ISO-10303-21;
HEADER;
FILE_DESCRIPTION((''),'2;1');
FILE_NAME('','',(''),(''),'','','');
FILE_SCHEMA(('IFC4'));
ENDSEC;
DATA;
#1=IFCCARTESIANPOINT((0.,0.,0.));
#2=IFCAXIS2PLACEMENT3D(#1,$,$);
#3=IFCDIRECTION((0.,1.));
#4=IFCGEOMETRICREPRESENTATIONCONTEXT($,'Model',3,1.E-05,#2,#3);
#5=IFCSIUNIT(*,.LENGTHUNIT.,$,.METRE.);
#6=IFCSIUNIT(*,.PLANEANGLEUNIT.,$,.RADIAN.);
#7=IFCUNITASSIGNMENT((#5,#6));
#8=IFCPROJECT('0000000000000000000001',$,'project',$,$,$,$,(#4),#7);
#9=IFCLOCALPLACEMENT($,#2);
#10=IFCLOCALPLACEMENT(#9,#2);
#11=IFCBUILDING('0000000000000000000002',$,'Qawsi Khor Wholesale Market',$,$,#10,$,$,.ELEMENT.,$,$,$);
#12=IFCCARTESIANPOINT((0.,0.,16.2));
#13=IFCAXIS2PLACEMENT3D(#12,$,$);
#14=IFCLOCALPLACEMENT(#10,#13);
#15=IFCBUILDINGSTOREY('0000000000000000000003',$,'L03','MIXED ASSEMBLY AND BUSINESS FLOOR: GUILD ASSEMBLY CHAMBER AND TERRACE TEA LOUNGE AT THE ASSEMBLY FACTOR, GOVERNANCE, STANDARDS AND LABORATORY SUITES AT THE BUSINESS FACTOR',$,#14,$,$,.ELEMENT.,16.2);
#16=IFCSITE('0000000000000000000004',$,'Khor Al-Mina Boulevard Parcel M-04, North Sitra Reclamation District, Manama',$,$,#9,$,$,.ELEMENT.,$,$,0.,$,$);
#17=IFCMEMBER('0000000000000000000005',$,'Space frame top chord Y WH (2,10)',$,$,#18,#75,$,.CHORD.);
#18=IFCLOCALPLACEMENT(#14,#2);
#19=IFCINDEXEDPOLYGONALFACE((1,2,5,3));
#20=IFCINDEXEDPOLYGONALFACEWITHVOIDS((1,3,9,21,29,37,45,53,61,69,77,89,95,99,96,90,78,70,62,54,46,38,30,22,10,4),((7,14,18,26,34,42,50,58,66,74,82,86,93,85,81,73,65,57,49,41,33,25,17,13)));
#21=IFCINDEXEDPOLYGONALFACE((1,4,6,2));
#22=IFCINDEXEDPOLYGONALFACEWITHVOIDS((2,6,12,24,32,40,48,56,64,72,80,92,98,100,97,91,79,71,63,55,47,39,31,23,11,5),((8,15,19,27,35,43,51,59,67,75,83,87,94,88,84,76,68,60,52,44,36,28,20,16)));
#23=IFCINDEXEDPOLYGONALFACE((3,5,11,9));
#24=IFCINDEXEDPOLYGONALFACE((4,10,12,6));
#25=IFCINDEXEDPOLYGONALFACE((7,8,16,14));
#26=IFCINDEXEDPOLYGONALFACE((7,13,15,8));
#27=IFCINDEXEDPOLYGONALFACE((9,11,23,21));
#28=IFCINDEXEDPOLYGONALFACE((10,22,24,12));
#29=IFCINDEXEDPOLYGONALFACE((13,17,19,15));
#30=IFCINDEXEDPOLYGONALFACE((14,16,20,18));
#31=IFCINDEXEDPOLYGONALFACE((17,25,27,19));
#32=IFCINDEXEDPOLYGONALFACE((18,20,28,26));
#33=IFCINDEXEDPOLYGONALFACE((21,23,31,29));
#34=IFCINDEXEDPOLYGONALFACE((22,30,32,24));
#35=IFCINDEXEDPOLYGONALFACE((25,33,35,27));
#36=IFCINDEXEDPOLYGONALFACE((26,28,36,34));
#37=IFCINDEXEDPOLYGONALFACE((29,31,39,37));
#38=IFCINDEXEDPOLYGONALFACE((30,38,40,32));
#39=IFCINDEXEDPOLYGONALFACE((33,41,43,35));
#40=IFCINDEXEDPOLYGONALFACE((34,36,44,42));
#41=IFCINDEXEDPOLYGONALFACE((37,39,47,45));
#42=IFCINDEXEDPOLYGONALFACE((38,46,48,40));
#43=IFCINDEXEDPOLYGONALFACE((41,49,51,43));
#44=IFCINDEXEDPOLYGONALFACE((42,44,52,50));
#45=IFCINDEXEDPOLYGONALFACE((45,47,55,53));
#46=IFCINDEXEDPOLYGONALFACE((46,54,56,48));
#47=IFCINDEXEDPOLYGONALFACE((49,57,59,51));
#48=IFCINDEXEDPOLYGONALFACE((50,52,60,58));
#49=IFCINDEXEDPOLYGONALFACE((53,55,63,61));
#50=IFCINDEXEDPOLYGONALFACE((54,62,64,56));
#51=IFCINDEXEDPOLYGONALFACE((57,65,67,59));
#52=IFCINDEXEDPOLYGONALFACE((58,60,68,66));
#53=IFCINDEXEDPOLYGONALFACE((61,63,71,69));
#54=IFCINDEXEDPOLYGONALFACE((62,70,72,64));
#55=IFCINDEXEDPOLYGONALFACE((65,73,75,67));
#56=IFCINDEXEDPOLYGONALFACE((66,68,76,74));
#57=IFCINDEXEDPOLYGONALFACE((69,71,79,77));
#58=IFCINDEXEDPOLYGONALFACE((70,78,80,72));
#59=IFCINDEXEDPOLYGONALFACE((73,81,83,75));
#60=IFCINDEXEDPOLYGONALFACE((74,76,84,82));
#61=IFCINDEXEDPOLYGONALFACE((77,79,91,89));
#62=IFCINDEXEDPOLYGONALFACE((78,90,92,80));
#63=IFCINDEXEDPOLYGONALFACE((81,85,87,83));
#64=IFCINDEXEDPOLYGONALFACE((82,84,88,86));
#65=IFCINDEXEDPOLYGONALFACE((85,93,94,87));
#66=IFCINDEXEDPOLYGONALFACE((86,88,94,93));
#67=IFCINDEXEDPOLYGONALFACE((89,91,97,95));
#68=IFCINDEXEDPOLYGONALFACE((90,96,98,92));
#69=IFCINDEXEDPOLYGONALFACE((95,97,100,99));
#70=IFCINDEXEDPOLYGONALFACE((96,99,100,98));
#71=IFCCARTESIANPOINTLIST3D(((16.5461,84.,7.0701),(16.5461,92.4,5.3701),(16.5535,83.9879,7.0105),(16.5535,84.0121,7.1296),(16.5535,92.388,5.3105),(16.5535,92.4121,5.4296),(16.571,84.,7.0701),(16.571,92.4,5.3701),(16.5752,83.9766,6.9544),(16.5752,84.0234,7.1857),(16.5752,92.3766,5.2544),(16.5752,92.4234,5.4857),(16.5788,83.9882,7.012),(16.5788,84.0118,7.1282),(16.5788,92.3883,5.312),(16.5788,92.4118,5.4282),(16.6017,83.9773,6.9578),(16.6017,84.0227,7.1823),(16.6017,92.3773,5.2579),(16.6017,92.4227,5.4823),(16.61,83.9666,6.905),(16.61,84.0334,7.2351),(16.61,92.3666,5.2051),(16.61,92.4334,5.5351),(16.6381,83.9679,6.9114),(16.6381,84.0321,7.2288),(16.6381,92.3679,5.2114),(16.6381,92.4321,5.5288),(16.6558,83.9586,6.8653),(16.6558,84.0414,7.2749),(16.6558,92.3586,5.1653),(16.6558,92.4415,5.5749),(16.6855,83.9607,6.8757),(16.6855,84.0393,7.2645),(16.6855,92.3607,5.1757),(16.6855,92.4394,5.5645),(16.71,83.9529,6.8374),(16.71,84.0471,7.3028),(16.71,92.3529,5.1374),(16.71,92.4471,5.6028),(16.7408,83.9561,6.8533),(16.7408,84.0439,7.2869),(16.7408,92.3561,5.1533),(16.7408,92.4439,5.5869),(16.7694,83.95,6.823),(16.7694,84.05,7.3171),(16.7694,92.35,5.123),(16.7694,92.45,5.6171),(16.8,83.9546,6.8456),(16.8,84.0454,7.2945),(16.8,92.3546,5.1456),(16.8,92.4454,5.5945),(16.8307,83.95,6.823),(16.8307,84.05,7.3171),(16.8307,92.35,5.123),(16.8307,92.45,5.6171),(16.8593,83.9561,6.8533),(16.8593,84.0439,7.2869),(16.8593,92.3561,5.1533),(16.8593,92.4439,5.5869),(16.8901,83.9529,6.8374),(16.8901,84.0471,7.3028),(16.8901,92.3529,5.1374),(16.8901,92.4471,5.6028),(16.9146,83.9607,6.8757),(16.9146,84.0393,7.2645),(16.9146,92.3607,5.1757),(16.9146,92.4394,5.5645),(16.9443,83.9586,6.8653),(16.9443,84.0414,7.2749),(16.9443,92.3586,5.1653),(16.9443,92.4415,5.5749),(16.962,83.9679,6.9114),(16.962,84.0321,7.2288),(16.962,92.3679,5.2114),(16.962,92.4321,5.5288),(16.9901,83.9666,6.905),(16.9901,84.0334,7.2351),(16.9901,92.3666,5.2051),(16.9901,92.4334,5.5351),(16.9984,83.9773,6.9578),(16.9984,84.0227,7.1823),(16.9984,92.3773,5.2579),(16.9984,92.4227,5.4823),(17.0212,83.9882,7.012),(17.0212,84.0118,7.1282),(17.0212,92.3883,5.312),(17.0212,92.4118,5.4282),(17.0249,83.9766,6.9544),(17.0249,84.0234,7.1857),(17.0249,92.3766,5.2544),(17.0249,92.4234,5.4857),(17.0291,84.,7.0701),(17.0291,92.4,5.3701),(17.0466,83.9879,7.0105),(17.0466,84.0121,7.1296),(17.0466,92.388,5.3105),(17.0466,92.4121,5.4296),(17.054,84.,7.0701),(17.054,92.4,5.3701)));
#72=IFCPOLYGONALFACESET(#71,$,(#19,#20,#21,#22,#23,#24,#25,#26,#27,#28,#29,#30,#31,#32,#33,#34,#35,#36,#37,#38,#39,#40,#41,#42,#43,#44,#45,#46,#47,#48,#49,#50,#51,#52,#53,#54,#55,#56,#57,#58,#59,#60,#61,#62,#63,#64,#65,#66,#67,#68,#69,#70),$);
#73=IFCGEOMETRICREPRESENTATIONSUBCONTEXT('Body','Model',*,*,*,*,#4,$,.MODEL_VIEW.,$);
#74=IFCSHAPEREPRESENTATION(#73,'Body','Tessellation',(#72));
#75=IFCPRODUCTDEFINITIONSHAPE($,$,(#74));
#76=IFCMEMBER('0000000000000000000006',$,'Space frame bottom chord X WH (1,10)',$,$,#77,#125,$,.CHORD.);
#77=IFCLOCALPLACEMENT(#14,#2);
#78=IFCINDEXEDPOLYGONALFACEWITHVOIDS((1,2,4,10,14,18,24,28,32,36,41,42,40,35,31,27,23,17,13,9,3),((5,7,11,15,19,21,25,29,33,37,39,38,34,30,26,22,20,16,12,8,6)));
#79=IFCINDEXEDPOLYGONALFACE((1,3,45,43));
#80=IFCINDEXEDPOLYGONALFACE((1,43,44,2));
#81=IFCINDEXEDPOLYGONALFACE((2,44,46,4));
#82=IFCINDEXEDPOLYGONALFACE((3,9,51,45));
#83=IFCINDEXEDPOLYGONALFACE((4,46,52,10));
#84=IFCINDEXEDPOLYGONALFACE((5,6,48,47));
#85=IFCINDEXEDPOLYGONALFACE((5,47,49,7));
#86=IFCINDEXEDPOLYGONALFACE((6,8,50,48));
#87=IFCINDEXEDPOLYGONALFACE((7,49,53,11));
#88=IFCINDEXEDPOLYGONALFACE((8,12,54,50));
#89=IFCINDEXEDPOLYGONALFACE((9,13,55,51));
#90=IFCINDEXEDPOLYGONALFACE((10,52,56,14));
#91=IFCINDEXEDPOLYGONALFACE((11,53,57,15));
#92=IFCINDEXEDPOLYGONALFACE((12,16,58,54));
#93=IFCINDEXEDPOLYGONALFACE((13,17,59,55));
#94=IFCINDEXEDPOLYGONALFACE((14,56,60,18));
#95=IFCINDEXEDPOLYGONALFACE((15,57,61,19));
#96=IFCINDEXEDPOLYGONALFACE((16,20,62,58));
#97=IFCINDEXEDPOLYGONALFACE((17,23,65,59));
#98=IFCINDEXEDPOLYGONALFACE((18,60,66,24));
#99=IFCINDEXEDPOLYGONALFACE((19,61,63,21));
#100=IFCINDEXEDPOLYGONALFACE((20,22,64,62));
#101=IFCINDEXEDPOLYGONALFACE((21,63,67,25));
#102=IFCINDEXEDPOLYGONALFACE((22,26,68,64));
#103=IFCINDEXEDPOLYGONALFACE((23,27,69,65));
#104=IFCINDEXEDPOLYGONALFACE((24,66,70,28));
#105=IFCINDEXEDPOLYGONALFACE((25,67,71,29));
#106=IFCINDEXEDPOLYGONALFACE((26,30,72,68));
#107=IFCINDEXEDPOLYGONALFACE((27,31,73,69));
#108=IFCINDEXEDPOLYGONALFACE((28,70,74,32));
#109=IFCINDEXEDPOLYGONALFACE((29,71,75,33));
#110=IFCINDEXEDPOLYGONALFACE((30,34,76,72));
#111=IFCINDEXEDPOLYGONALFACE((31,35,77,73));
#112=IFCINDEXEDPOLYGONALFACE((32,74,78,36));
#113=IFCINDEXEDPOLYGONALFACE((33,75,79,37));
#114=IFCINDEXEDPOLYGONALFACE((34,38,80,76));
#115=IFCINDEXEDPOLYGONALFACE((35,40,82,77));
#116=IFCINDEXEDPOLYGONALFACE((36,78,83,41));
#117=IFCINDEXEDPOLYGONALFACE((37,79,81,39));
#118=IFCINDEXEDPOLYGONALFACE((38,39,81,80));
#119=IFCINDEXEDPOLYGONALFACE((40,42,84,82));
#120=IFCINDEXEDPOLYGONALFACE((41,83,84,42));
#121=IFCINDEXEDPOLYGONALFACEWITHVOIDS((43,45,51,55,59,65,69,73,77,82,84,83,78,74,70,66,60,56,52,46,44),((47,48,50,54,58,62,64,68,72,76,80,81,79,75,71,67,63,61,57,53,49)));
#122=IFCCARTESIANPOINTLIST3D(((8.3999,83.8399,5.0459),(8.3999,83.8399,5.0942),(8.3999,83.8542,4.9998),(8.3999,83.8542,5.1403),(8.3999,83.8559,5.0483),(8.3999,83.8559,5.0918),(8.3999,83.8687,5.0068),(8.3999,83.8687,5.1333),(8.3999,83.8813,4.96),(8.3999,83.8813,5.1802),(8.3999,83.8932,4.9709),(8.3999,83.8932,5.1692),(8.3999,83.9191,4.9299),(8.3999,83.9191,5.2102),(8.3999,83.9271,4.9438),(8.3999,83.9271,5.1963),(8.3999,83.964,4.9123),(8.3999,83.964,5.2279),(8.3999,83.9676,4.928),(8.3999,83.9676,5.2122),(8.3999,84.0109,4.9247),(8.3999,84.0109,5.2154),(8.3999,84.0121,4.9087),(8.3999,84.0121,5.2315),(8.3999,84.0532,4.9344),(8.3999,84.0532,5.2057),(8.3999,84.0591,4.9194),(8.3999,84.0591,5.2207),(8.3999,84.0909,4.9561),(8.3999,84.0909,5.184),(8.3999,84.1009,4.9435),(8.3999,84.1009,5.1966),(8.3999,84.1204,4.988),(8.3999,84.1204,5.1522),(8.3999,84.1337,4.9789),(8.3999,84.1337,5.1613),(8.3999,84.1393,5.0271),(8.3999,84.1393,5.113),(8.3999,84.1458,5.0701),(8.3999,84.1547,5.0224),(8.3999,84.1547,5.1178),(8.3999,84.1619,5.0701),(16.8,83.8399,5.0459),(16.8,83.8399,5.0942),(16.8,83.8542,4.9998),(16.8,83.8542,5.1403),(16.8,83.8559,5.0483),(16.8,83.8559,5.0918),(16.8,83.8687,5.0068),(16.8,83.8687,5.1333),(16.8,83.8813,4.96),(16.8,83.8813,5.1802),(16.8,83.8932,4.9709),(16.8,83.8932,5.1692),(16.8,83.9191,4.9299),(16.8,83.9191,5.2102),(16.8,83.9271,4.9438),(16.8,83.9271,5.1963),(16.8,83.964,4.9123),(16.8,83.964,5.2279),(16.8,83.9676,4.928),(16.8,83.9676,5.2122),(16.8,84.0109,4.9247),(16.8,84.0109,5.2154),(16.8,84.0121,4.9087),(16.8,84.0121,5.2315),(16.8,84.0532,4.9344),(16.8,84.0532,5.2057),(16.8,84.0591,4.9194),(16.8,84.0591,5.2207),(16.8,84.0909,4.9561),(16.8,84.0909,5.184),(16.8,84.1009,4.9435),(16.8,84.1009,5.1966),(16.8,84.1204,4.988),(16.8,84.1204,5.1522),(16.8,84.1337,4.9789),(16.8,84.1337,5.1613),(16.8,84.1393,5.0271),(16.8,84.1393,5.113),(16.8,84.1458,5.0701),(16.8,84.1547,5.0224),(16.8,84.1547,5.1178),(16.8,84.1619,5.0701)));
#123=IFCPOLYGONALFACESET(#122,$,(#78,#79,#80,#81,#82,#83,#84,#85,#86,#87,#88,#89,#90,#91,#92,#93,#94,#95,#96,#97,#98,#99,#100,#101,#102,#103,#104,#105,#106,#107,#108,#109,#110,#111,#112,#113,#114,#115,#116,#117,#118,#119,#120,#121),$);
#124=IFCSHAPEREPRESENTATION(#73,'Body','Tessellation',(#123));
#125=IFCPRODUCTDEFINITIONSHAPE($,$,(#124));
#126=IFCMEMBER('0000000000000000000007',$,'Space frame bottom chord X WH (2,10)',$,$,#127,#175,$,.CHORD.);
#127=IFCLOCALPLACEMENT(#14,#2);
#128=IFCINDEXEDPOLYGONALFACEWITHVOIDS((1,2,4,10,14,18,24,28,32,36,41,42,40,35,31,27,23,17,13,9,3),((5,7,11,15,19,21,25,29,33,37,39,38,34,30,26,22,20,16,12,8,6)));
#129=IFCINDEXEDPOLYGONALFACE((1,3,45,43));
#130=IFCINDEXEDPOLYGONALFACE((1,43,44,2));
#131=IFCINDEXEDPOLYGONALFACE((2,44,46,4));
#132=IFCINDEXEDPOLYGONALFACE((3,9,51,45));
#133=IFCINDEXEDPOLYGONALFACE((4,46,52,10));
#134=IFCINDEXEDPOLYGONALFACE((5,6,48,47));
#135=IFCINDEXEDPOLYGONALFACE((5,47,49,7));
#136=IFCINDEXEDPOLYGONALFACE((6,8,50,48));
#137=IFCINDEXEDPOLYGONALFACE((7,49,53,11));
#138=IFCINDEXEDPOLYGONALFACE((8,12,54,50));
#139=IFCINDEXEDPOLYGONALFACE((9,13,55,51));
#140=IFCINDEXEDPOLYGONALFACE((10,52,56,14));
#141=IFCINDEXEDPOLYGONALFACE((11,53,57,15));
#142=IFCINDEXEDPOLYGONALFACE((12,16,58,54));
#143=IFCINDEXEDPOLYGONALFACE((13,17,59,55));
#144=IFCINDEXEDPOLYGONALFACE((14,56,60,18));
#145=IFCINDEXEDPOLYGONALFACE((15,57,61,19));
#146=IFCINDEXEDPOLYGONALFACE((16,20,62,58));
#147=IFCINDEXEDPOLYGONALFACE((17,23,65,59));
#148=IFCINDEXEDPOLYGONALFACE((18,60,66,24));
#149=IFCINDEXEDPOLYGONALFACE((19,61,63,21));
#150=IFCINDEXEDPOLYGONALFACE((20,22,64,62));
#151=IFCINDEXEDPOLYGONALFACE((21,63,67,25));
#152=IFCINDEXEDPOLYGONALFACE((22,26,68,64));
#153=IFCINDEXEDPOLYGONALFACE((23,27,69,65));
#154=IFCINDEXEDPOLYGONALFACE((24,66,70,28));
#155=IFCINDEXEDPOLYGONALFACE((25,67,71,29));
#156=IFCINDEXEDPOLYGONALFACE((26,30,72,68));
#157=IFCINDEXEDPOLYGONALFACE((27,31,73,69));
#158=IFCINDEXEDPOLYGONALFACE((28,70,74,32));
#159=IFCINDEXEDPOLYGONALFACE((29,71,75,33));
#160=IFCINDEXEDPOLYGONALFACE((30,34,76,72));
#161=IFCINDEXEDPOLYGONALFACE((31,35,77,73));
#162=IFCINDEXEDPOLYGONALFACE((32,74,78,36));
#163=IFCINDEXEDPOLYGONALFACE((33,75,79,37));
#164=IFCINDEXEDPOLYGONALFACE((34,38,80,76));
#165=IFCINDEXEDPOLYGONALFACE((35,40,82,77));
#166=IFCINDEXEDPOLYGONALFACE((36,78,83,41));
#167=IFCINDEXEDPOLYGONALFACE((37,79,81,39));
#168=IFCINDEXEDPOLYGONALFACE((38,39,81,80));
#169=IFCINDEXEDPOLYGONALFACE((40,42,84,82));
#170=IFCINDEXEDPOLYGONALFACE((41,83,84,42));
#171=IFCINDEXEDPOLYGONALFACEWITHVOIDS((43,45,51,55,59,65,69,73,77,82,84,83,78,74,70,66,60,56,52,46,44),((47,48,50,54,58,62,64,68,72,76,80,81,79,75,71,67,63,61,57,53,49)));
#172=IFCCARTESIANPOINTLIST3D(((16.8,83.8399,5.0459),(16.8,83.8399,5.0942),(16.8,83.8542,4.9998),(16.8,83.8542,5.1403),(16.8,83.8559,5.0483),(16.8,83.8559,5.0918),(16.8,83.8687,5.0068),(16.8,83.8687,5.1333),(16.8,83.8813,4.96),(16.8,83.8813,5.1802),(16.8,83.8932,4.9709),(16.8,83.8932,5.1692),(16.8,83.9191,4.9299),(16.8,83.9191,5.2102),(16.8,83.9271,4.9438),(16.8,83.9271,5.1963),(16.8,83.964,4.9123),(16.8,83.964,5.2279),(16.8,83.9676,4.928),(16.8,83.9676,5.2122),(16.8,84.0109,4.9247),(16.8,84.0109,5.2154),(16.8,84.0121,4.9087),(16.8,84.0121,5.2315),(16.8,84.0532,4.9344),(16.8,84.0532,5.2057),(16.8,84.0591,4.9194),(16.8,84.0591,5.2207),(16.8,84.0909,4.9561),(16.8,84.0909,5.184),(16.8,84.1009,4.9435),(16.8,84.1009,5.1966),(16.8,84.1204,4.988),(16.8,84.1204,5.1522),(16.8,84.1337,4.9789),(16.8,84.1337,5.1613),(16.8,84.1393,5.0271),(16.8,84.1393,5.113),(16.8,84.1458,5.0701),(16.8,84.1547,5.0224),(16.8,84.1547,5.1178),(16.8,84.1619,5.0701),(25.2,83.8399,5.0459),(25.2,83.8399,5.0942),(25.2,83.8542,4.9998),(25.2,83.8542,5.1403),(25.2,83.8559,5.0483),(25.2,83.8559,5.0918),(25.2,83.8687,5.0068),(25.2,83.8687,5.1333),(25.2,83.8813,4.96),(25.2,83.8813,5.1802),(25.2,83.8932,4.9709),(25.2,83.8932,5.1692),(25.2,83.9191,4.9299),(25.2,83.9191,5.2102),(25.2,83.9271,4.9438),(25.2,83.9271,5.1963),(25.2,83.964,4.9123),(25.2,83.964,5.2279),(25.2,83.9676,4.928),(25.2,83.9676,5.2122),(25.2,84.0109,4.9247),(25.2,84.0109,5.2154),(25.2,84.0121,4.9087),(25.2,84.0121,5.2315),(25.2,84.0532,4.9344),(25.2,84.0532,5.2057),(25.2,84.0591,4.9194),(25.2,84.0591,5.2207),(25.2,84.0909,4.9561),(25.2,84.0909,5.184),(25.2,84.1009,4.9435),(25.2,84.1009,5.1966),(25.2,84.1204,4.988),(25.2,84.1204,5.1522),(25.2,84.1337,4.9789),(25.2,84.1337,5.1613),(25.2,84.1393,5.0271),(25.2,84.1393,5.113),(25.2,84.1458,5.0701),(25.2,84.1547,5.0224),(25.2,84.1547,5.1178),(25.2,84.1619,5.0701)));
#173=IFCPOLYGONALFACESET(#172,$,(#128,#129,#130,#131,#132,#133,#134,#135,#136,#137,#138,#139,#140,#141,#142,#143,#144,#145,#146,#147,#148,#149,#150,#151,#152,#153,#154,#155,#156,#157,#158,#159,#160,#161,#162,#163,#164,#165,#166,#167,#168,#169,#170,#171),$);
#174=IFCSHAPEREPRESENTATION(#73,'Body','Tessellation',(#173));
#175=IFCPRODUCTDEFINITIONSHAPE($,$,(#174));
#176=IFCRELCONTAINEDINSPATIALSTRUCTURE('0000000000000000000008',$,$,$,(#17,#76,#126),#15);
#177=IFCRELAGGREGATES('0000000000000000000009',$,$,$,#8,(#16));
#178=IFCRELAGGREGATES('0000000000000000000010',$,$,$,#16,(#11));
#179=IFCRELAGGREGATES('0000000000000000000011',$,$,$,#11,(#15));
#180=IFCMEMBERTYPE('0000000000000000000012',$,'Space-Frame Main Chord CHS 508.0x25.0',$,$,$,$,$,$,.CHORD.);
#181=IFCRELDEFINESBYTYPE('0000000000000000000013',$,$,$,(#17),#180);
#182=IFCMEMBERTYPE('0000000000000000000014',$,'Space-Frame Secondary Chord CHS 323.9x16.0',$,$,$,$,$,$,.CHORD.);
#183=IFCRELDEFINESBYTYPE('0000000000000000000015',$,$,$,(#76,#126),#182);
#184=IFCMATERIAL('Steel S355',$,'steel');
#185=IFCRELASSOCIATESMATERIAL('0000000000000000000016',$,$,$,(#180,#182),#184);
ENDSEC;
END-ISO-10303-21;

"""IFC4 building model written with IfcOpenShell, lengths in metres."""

from ifc_helpers import new_model, si_unit, direction, frame, origin, origin_2d, place, context, subcontext, project, spatial, hollow_circle, extrude, material, material_profile, profile_set, type_object, element, save


model = new_model("IFC4")

# Units and contexts
model_context = context("Model", 3, precision=1e-05, world=origin(), true_north=direction((0.0, 1.0)))
body_context = subcontext(model_context, "Body", "Model", "MODEL_VIEW")
ifc_project = project(units=[si_unit("LENGTHUNIT", "METRE"), si_unit("PLANEANGLEUNIT", "RADIAN")], contexts=[model_context])

# Site, building, storey
site_placement = place(None, origin())
site = spatial("IfcSite", under=ifc_project, at=site_placement, Name="Khor Al-Mina Boulevard Parcel M-04, North Sitra Reclamation District, Manama", CompositionType="ELEMENT", RefElevation=0.0)
building_placement = place(site_placement, origin())
building = spatial("IfcBuilding", under=site, at=building_placement, Name="Qawsi Khor Wholesale Market", CompositionType="ELEMENT")
storey_placement = place(building_placement, frame((0.0, 0.0, 16.2)))
storey = spatial("IfcBuildingStorey", under=building, at=storey_placement, Name="L03", Description="MIXED ASSEMBLY AND BUSINESS FLOOR: GUILD ASSEMBLY CHAMBER AND TERRACE TEA LOUNGE AT THE ASSEMBLY FACTOR, GOVERNANCE, STANDARDS AND LABORATORY SUITES AT THE BUSINESS FACTOR", CompositionType="ELEMENT", Elevation=16.2)

# Members
ifc_material_1 = material(Name="Steel S355", Category="steel")
ifc_material_profile_1 = material_profile(ifc_material_1, hollow_circle(Radius=0.2539, WallThickness=0.0249, at=origin_2d()), Name="CHS 508.0x25.0")
ifc_profile_set_1 = profile_set([ifc_material_profile_1], Name="Steel S355")
member_type_1 = type_object("IfcMemberType", Name="Space-Frame Main Chord CHS 508.0x25.0", PredefinedType="CHORD", material=ifc_profile_set_1)
member_1_placement = place(storey_placement, frame((16.8, 84.0, 7.0701), z_axis=(0.0, 0.98013, -0.198356), x_axis=(-1.0, 0.0, 0.0)))
element("IfcMember", 1, at=member_1_placement, inside=storey, type_object=member_type_1, Name="Space frame top chord Y WH (2,10)", PredefinedType="CHORD", context=body_context, shape_type="SweptSolid", body=[
    extrude(hollow_circle(Radius=0.2539, WallThickness=0.0249, at=origin_2d()), origin(), (0.0, 0.0, 1.0), 8.5703),
])
ifc_material_profile_2 = material_profile(ifc_material_1, hollow_circle(Radius=0.1619, WallThickness=0.0161, at=origin_2d()), Name="CHS 323.9x16.0")
ifc_profile_set_2 = profile_set([ifc_material_profile_2], Name="Steel S355")
member_type_2 = type_object("IfcMemberType", Name="Space-Frame Secondary Chord CHS 323.9x16.0", PredefinedType="CHORD", material=ifc_profile_set_2)
member_2_placement = place(storey_placement, frame((8.3999, 84.0, 5.0701), z_axis=(1.0, 0.0, 0.0), x_axis=(0.0, 1.0, 0.0)))
element("IfcMember", 2, at=member_2_placement, inside=storey, type_object=member_type_2, Name="Space frame bottom chord X WH (1,10)", PredefinedType="CHORD", context=body_context, shape_type="SweptSolid", body=[
    extrude(hollow_circle(Radius=0.1619, WallThickness=0.0161, at=origin_2d()), origin(), (0.0, 0.0, 1.0), 8.4001),
])
member_3_placement = place(storey_placement, frame((16.8, 84.0, 5.0701), z_axis=(1.0, 0.0, 0.0), x_axis=(0.0, 1.0, 0.0)))
element("IfcMember", 3, at=member_3_placement, inside=storey, type_object=member_type_2, Name="Space frame bottom chord X WH (2,10)", PredefinedType="CHORD", context=body_context, shape_type="SweptSolid", body=[
    extrude(hollow_circle(Radius=0.1619, WallThickness=0.0161, at=origin_2d()), origin(), (0.0, 0.0, 1.0), 8.3999),
])

save(model, "model.ifc")
